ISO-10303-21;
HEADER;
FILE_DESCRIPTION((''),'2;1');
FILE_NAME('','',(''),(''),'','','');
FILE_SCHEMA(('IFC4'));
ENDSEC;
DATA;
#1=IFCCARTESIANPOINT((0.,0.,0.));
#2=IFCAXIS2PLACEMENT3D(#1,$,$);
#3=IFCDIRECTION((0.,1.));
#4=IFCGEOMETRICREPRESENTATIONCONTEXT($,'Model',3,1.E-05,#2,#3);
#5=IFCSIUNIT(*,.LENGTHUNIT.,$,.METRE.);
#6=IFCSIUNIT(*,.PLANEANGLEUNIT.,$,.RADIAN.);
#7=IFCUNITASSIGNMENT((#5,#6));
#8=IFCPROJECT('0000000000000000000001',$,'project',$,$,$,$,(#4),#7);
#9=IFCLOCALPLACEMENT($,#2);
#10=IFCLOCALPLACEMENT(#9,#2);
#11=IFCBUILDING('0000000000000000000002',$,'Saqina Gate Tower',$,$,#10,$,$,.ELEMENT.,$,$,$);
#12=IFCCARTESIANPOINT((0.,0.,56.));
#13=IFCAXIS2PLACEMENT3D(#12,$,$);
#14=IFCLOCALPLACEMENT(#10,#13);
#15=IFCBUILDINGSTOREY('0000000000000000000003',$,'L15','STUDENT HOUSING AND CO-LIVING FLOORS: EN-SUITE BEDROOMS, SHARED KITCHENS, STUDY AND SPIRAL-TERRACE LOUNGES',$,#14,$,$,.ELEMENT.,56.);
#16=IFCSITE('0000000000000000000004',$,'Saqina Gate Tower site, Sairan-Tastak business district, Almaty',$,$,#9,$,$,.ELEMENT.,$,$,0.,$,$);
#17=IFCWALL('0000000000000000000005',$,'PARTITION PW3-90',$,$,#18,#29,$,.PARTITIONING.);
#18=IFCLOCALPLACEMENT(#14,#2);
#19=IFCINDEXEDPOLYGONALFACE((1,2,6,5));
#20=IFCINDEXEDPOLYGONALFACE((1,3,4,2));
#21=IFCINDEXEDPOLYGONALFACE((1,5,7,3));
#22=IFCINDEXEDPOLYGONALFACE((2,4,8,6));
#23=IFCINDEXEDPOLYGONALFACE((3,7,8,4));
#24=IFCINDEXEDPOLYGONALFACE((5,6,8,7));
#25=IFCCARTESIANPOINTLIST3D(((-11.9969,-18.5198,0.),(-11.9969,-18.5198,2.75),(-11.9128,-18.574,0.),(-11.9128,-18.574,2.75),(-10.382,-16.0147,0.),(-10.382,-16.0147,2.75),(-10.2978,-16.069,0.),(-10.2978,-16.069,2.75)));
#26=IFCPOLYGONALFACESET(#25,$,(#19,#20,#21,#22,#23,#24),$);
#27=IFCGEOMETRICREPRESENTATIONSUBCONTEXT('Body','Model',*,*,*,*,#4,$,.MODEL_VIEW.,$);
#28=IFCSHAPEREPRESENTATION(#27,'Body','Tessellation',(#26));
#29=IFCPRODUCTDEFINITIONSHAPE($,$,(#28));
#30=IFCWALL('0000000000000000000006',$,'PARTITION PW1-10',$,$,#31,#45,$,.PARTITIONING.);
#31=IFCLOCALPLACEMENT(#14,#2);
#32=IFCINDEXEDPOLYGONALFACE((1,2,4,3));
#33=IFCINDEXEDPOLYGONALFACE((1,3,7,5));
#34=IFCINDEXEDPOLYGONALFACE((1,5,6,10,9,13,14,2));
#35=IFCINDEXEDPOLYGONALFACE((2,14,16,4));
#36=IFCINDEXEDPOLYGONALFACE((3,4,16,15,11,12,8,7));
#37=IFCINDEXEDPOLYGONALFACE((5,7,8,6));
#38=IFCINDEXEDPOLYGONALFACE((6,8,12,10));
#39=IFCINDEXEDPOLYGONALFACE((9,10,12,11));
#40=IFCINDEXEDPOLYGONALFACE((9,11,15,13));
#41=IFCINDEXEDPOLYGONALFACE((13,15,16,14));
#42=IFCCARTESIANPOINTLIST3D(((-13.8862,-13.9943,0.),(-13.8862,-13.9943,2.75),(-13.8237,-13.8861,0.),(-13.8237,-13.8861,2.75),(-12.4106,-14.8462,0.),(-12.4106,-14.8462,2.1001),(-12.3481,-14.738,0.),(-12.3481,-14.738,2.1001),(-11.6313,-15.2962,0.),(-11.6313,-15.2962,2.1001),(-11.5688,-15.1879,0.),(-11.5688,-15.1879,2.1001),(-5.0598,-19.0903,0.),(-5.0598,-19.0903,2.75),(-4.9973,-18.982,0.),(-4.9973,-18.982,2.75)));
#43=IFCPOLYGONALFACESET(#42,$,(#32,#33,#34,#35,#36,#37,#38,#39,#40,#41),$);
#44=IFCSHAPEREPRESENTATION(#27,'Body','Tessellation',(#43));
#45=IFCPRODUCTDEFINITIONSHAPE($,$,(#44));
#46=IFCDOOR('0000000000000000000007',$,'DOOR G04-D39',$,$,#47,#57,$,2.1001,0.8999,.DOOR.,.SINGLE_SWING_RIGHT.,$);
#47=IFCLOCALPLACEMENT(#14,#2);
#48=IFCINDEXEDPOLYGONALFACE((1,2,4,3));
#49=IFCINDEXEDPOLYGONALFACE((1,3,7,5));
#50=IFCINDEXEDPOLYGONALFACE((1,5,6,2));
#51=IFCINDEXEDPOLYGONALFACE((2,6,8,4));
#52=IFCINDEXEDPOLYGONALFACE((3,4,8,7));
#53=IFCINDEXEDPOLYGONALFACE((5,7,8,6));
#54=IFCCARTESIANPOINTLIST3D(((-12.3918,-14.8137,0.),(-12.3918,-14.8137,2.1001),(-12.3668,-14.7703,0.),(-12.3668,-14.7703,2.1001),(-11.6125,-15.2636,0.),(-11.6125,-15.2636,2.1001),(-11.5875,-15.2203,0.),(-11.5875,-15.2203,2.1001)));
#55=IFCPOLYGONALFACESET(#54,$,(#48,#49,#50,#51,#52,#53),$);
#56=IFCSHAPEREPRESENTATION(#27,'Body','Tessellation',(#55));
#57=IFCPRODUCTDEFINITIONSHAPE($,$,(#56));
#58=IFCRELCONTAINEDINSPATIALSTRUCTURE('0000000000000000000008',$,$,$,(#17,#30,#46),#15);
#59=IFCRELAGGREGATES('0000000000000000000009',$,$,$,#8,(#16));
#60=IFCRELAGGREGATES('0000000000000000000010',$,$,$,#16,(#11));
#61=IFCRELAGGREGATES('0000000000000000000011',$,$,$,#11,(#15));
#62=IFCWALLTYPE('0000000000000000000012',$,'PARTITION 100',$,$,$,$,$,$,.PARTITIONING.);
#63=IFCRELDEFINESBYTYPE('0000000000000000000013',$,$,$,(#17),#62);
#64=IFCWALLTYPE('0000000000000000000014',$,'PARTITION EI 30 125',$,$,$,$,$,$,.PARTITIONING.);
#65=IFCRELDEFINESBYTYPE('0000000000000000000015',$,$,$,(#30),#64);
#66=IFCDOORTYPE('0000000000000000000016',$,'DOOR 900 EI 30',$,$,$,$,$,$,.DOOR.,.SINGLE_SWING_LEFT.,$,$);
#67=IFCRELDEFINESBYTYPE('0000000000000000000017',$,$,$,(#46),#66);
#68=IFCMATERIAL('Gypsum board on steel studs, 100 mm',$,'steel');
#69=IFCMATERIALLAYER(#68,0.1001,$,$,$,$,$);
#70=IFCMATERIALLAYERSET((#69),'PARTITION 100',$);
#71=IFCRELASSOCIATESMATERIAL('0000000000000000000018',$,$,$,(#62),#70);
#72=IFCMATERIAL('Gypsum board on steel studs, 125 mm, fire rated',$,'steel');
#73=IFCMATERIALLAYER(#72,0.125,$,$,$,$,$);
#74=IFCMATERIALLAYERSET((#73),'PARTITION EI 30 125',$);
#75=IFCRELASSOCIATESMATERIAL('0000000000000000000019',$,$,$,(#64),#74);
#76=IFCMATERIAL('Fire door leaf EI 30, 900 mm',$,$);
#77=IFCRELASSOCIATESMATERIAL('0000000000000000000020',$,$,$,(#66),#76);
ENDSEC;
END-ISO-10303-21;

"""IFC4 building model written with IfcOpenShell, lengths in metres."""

from ifc_helpers import new_model, si_unit, direction, frame, frame_2d, origin, place, context, subcontext, project, spatial, rectangle, extrude, material, layer, layer_set, type_object, element, fill, save


model = new_model("IFC4")

# Units and contexts
model_context = context("Model", 3, precision=1e-05, world=origin(), true_north=direction((0.0, 1.0)))
body_context = subcontext(model_context, "Body", "Model", "MODEL_VIEW")
ifc_project = project(units=[si_unit("LENGTHUNIT", "METRE"), si_unit("PLANEANGLEUNIT", "RADIAN")], contexts=[model_context])

# Site, building, storey
site_placement = place(None, origin())
site = spatial("IfcSite", under=ifc_project, at=site_placement, Name="Saqina Gate Tower site, Sairan-Tastak business district, Almaty", CompositionType="ELEMENT", RefElevation=0.0)
building_placement = place(site_placement, origin())
building = spatial("IfcBuilding", under=site, at=building_placement, Name="Saqina Gate Tower", CompositionType="ELEMENT")
storey_placement = place(building_placement, frame((0.0, 0.0, 56.0)))
storey = spatial("IfcBuildingStorey", under=building, at=storey_placement, Name="L15", Description="STUDENT HOUSING AND CO-LIVING FLOORS: EN-SUITE BEDROOMS, SHARED KITCHENS, STUDY AND SPIRAL-TERRACE LOUNGES", CompositionType="ELEMENT", Elevation=56.0)

# Wall
ifc_material_1 = material(Name="Gypsum board on steel studs, 100 mm", Category="steel")
ifc_layer_1 = layer(ifc_material_1, 0.1001)
ifc_layer_set_1 = layer_set([ifc_layer_1], Name="PARTITION 100")
wall_type_1 = type_object("IfcWallType", Name="PARTITION 100", PredefinedType="PARTITIONING", material=ifc_layer_set_1)
wall_1_placement = place(storey_placement, frame((-11.9548, -18.5469, 0.0), z_axis=(0.0, 0.0, 1.0), x_axis=(0.541838, 0.840483, 0.0)))
element("IfcWall", 1, at=wall_1_placement, inside=storey, type_object=wall_type_1, Name="PARTITION PW3-90", PredefinedType="PARTITIONING", context=body_context, shape_type="SweptSolid", body=[
    extrude(rectangle(XDim=2.9805, YDim=0.1001, at=frame_2d((1.4902, 0.0))), origin(), (0.0, 0.0, 1.0), 2.75),
])

# Wall, opening, door
ifc_material_2 = material(Name="Gypsum board on steel studs, 125 mm, fire rated", Category="steel")
ifc_layer_2 = layer(ifc_material_2, 0.125)
ifc_layer_set_2 = layer_set([ifc_layer_2], Name="PARTITION EI 30 125")
wall_type_2 = type_object("IfcWallType", Name="PARTITION EI 30 125", PredefinedType="PARTITIONING", material=ifc_layer_set_2)
wall_2_placement = place(storey_placement, frame((-13.855, -13.9402, 0.0), z_axis=(0.0, 0.0, 1.0), x_axis=(0.866025, -0.500001, 0.0)))
wall_2 = element("IfcWall", 2, at=wall_2_placement, inside=storey, type_object=wall_type_2, Name="PARTITION PW1-10", PredefinedType="PARTITIONING", context=body_context, shape_type="SweptSolid", body=[
    extrude(rectangle(XDim=10.1919, YDim=0.125, at=frame_2d((5.0959, 0.0))), origin(), (0.0, 0.0, 1.0), 2.75),
])
opening_1_placement = place(wall_2_placement, frame((1.7039, 0.0, 0.0)))
opening_1 = element("IfcOpeningElement", 3, at=opening_1_placement, cuts=wall_2, PredefinedType="OPENING", context=body_context, shape_type="SweptSolid", body=[
    extrude(rectangle(XDim=0.8999, YDim=2.1001, at=frame_2d((0.45, 1.05))), frame((0.0, 0.0745, 0.0), z_axis=(0.0, -1.0, 0.0), x_axis=(1.0, 0.0, 0.0)), (0.0, 0.0, 1.0), 0.1489),
])
ifc_material_3 = material(Name="Fire door leaf EI 30, 900 mm")
door_type = type_object("IfcDoorType", Name="DOOR 900 EI 30", OperationType="SINGLE_SWING_LEFT", PredefinedType="DOOR", material=ifc_material_3)
door_placement = place(opening_1_placement, frame((0.8999, 0.0, 0.0), z_axis=(0.0, 0.0, 1.0), x_axis=(-1.0, 0.0, 0.0)))
door = element("IfcDoor", 4, at=door_placement, inside=storey, type_object=door_type, Name="DOOR G04-D39", OperationType="SINGLE_SWING_RIGHT", OverallHeight=2.1001, OverallWidth=0.8999, PredefinedType="DOOR", context=body_context, shape_type="SweptSolid", body=[
    extrude(rectangle(XDim=0.8999, YDim=2.1001, at=frame_2d((0.45, 1.05))), frame((0.0, 0.0249, 0.0), z_axis=(0.0, -1.0, 0.0), x_axis=(1.0, 0.0, 0.0)), (0.0, 0.0, 1.0), 0.05),
])
fill(opening_1, door)

save(model, "model.ifc")
